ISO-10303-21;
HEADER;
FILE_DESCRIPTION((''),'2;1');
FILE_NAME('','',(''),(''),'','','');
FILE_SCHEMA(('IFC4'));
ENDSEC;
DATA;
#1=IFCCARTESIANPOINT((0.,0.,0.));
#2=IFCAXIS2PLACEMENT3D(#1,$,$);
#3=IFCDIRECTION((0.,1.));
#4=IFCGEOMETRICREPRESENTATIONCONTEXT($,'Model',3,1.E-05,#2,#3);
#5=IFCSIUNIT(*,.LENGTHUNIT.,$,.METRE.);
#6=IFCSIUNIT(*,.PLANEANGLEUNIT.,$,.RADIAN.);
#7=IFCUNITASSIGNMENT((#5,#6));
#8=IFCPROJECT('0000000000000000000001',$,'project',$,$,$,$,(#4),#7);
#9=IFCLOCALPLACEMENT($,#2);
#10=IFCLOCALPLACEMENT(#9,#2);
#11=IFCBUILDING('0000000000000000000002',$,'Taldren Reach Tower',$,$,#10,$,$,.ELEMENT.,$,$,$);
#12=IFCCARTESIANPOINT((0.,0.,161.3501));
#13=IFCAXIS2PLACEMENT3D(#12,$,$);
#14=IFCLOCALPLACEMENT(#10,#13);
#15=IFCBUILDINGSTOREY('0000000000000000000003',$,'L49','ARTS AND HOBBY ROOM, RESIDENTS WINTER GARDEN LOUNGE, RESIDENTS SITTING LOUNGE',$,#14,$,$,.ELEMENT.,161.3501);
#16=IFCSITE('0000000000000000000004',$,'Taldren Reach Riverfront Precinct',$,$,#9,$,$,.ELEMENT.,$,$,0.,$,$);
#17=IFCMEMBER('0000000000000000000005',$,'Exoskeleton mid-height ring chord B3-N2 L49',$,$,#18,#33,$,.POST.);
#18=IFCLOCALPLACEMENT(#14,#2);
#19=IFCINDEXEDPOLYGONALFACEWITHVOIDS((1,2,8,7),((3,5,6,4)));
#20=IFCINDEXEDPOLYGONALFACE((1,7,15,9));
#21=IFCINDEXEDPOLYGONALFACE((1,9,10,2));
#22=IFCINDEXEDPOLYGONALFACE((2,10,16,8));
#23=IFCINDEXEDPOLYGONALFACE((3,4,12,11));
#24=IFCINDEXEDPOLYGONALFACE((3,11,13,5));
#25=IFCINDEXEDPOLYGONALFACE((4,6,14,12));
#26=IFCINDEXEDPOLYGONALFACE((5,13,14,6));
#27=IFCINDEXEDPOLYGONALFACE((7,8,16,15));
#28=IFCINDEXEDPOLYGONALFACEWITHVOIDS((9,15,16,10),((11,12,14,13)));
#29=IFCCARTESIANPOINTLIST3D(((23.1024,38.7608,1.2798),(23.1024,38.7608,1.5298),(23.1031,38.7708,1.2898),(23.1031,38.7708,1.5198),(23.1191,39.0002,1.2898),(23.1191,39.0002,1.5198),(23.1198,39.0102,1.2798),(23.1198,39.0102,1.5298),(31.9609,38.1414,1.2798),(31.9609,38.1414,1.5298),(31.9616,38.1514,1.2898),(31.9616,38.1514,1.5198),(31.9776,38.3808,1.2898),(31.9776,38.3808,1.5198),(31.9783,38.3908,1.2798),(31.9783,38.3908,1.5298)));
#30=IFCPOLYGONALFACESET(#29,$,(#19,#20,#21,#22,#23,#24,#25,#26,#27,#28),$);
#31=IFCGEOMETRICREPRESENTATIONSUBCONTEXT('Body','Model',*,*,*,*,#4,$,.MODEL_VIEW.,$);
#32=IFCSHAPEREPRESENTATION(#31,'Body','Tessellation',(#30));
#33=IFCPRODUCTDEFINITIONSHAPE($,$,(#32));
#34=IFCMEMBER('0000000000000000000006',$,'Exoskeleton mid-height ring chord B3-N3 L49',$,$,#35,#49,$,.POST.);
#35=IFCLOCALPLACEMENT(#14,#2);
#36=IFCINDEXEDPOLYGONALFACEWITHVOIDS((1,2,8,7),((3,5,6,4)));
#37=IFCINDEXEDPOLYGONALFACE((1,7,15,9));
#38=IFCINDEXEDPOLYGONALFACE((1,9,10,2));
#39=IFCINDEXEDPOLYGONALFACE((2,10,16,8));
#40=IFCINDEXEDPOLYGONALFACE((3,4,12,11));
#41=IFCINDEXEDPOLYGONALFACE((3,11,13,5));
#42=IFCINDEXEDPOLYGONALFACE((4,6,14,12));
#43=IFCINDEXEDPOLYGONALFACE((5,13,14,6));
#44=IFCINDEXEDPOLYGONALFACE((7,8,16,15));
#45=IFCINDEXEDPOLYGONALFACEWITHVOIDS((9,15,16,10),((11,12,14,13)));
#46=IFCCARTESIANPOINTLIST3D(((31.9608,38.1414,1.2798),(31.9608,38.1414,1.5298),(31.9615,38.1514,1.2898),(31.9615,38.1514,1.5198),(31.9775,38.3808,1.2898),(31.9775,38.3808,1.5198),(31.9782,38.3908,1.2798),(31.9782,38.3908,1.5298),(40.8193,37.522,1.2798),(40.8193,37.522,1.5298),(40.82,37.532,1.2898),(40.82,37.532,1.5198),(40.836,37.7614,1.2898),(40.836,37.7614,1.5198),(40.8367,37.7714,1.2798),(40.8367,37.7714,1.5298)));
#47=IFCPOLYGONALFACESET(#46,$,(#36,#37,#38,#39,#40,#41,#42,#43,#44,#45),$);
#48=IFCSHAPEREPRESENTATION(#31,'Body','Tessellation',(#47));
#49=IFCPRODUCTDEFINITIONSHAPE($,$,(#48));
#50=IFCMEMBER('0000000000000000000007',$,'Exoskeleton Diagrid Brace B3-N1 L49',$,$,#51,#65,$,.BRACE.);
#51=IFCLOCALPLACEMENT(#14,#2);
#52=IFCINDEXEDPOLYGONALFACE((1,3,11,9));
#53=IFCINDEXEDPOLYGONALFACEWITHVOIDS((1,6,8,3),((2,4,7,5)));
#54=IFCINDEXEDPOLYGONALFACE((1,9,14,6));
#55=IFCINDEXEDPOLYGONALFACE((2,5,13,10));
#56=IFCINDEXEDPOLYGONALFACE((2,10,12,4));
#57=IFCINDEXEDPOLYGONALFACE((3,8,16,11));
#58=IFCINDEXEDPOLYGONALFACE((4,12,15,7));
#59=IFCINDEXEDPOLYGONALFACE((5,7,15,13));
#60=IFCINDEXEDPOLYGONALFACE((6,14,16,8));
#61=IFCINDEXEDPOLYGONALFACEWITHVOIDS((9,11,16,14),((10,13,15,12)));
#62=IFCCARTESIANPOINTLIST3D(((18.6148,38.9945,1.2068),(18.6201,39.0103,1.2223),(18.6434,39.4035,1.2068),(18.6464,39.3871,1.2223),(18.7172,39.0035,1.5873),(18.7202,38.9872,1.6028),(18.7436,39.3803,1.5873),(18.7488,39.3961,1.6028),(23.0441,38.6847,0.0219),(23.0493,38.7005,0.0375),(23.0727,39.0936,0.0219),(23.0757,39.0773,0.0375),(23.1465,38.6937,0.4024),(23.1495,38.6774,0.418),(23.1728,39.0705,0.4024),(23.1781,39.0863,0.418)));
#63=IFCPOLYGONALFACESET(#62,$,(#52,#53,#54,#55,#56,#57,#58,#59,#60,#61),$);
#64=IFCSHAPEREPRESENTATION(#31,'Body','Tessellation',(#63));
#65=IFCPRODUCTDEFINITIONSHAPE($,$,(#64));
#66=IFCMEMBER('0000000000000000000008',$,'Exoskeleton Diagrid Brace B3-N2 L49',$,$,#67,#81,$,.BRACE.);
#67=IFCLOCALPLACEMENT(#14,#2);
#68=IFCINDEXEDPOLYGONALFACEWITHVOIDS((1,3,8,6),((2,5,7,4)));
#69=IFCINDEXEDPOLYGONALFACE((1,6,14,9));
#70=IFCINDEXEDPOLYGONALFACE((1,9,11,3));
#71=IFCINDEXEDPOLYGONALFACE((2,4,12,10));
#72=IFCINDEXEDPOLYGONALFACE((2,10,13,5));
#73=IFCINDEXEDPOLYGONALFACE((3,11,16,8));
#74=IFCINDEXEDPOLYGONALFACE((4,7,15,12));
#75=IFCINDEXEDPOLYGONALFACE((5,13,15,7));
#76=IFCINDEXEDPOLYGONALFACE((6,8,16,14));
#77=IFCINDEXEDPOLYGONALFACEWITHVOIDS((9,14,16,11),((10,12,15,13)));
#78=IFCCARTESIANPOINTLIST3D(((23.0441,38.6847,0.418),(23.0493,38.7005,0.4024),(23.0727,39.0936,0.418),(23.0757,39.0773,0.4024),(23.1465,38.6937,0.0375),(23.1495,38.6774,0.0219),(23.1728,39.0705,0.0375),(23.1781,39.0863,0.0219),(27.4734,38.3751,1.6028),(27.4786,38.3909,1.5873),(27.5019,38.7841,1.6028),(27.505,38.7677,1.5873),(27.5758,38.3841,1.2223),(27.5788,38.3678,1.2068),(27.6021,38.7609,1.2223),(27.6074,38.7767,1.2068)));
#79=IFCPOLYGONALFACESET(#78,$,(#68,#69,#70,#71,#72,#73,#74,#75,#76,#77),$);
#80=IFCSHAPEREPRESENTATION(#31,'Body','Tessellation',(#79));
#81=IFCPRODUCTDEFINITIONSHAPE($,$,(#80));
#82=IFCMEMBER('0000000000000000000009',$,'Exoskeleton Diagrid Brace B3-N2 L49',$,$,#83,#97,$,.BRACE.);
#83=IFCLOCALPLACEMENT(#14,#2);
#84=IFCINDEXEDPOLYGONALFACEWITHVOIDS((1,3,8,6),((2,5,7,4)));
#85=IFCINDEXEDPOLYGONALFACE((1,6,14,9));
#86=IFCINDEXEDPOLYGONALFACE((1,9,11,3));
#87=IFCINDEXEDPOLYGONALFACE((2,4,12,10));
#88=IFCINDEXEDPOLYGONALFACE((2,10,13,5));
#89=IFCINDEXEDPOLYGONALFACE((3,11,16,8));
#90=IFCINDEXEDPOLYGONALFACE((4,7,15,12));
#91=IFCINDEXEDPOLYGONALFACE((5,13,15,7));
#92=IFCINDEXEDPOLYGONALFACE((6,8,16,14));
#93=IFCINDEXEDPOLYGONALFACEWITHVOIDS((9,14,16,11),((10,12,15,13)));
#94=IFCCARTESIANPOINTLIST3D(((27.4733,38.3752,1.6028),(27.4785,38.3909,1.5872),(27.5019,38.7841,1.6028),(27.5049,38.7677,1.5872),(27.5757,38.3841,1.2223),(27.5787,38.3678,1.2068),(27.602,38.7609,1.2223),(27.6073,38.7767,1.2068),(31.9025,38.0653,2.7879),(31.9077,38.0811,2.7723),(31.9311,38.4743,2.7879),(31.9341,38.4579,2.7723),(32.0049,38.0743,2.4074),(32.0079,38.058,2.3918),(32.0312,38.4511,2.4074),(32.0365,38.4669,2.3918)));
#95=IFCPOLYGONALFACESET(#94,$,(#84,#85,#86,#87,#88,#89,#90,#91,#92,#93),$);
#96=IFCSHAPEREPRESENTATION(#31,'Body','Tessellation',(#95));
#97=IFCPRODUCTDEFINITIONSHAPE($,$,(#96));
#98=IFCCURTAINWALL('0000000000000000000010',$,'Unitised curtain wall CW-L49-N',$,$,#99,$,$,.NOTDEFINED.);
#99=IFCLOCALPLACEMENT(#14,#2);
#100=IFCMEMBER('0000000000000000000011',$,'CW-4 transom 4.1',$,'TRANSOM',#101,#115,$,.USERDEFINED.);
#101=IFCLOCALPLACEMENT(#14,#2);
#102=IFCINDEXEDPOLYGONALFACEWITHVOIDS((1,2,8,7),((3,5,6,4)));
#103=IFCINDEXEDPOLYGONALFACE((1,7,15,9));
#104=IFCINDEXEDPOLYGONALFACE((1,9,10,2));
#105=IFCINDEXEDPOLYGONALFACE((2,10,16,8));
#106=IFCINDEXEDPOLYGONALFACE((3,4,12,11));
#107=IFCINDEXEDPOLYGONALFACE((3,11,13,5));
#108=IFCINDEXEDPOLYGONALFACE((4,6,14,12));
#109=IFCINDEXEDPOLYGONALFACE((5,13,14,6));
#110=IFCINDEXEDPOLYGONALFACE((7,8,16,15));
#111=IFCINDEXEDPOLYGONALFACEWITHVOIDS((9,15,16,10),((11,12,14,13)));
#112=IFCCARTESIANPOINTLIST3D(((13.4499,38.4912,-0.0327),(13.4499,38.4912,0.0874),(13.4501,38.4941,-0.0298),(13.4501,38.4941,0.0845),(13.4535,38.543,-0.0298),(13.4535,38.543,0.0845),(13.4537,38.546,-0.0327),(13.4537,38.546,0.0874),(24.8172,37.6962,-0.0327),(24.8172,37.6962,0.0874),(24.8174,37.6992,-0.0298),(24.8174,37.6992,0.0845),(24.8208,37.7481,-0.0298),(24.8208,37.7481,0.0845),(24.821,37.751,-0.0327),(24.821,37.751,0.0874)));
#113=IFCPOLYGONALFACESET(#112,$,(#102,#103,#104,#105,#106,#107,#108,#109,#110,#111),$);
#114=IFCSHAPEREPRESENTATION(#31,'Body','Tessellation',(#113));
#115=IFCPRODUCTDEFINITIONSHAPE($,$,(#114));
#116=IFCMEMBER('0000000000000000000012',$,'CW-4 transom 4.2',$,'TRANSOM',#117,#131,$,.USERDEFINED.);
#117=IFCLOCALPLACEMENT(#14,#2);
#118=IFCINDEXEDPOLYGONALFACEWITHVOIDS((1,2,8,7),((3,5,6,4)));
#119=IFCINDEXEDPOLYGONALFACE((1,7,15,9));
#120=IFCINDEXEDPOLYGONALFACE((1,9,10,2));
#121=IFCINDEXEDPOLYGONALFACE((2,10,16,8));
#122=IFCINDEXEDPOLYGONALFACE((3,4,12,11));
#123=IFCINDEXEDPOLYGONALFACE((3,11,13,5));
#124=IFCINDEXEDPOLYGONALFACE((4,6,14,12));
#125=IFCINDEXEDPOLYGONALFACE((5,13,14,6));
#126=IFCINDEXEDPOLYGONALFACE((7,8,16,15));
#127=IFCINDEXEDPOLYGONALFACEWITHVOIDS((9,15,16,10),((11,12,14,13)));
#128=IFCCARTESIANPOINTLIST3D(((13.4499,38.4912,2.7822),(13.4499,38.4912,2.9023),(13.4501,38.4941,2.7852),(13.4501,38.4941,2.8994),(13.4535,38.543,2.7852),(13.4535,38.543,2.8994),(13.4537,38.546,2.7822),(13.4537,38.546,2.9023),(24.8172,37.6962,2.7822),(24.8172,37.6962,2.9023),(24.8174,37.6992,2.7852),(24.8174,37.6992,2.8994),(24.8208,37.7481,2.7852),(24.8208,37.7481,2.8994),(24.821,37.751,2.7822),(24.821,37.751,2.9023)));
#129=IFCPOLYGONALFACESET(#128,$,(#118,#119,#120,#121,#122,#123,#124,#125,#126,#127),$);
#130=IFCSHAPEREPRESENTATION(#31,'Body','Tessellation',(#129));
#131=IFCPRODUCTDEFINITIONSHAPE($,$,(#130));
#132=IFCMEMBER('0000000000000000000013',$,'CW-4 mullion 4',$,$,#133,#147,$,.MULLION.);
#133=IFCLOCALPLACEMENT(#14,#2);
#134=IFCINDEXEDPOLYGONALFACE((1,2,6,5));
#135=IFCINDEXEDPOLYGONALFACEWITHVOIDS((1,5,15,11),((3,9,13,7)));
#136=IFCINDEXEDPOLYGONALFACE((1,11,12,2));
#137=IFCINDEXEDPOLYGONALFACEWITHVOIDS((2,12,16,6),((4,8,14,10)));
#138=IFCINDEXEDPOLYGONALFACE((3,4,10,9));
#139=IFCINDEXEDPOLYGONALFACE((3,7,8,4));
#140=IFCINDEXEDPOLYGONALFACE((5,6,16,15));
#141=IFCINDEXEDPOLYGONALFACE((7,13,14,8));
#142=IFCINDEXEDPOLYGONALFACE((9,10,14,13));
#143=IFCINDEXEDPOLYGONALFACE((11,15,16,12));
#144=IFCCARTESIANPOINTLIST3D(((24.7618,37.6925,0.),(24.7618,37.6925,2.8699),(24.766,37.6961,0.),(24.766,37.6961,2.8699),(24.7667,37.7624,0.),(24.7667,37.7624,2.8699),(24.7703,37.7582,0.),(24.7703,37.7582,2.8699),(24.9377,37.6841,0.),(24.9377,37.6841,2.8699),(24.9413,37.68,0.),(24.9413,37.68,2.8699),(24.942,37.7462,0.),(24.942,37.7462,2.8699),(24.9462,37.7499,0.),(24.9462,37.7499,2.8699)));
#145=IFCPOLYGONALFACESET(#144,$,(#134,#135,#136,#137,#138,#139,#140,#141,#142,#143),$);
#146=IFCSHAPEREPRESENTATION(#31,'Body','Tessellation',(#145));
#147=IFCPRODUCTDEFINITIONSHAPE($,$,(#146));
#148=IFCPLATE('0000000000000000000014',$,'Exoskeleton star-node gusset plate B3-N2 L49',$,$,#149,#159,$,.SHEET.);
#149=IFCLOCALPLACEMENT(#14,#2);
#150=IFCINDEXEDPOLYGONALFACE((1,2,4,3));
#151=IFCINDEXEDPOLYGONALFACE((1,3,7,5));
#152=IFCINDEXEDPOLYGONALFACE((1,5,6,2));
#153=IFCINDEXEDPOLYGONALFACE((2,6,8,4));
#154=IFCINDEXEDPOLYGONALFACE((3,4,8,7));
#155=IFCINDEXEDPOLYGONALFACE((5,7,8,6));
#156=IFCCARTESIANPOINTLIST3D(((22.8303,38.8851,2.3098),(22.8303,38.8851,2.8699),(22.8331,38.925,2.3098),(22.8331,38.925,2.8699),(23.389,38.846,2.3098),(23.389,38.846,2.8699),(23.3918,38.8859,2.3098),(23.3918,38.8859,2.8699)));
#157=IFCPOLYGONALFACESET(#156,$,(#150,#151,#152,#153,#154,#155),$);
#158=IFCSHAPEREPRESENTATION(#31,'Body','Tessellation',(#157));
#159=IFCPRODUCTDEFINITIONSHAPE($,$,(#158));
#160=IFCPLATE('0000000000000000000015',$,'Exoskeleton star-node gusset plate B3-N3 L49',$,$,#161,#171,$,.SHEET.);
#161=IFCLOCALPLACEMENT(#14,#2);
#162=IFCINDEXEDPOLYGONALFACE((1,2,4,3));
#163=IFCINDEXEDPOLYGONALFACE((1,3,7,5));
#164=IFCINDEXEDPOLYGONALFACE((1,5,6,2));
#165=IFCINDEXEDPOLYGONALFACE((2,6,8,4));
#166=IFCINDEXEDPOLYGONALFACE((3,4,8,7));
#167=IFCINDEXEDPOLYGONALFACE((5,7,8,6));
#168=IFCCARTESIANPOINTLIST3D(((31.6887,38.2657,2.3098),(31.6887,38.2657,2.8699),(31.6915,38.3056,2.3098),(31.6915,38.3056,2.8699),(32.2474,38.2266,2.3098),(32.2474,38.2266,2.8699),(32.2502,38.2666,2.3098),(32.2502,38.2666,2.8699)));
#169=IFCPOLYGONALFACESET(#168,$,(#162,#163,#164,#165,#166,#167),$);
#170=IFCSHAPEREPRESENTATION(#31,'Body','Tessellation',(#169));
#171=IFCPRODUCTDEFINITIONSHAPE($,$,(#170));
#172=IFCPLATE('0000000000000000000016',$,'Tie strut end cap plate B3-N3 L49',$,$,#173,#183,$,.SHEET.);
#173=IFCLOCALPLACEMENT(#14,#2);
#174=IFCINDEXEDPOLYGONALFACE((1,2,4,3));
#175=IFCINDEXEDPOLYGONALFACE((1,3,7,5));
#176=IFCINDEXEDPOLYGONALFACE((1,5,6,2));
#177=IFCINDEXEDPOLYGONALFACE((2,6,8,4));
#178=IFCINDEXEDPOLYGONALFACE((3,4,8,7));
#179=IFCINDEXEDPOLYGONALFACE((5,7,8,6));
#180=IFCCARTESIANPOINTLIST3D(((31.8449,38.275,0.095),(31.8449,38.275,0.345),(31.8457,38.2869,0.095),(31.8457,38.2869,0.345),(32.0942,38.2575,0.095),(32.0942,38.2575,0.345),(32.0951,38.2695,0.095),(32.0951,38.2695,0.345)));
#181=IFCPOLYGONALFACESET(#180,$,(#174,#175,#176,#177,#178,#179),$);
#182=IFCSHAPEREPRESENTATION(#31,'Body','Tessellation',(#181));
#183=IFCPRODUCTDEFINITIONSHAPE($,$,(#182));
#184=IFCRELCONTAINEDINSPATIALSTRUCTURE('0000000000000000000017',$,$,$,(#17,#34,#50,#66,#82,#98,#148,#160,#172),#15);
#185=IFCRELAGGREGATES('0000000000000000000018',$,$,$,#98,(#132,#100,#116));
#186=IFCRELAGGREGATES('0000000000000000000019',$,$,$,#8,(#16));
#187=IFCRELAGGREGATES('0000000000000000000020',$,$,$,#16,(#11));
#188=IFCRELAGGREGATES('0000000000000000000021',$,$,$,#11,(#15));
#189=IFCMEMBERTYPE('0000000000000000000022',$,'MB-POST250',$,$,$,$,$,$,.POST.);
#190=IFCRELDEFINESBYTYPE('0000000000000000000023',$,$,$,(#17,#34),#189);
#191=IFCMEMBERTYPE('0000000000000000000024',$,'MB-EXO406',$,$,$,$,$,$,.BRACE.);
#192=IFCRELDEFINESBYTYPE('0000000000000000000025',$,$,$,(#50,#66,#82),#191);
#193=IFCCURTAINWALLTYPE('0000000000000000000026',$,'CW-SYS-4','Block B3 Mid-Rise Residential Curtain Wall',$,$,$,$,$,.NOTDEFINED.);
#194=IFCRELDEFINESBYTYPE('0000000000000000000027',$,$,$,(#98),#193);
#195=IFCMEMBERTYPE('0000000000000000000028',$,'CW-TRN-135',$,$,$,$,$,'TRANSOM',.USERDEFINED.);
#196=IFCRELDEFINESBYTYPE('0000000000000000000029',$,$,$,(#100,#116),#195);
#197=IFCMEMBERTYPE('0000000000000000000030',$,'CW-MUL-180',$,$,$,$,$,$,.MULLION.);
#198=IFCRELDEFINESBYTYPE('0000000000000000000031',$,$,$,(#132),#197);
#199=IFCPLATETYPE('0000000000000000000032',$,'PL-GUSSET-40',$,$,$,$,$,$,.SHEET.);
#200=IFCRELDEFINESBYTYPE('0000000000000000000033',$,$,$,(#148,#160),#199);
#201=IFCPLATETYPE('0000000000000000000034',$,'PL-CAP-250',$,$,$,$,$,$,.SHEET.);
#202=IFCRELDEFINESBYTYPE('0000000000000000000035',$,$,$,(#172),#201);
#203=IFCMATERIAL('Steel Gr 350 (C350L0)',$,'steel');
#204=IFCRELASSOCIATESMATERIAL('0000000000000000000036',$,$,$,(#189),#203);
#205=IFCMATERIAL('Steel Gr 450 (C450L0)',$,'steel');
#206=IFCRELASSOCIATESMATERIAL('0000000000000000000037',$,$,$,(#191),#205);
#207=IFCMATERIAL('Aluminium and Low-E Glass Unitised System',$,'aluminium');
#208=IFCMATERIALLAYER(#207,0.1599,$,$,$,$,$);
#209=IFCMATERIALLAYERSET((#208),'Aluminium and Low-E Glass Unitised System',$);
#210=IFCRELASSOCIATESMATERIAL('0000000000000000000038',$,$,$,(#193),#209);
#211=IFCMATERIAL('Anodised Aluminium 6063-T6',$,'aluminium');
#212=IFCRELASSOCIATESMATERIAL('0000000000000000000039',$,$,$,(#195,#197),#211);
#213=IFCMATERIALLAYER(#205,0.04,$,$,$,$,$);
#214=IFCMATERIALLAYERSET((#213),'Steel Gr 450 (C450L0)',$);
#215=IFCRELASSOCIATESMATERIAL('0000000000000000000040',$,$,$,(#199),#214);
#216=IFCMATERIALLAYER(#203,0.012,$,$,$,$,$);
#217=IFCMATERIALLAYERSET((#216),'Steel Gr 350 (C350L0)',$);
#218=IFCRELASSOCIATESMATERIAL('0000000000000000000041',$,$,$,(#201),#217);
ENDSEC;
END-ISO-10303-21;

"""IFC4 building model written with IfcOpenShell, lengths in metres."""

from ifc_helpers import new_model, si_unit, direction, frame, origin, origin_2d, place, context, subcontext, project, spatial, rectangle, hollow_rectangle, extrude, source, transform, mapped, material, layer, layer_set, material_profile, profile_set, type_object, element, aggregate, save


model = new_model("IFC4")

# Units and contexts
model_context = context("Model", 3, precision=1e-05, world=origin(), true_north=direction((0.0, 1.0)))
body_context = subcontext(model_context, "Body", "Model", "MODEL_VIEW")
ifc_project = project(units=[si_unit("LENGTHUNIT", "METRE"), si_unit("PLANEANGLEUNIT", "RADIAN")], contexts=[model_context])

# Site, building, storey
site_placement = place(None, origin())
site = spatial("IfcSite", under=ifc_project, at=site_placement, Name="Taldren Reach Riverfront Precinct", CompositionType="ELEMENT", RefElevation=0.0)
building_placement = place(site_placement, origin())
building = spatial("IfcBuilding", under=site, at=building_placement, Name="Taldren Reach Tower", CompositionType="ELEMENT")
storey_placement = place(building_placement, frame((0.0, 0.0, 161.3501)))
storey = spatial("IfcBuildingStorey", under=building, at=storey_placement, Name="L49", Description="ARTS AND HOBBY ROOM, RESIDENTS WINTER GARDEN LOUNGE, RESIDENTS SITTING LOUNGE", CompositionType="ELEMENT", Elevation=161.3501)

# Shared definitions
ifc_material_1 = material(Name="Steel Gr 450 (C450L0)", Category="steel")
ifc_material_2 = material(Name="Steel Gr 350 (C350L0)", Category="steel")
ifc_material_profile_1 = material_profile(ifc_material_2, hollow_rectangle(XDim=0.25, YDim=0.25, WallThickness=0.01, at=origin_2d()), Name="250x250x10.0SHS")
ifc_profile_set_1 = profile_set([ifc_material_profile_1], Name="Steel Gr 350 (C350L0)")
member_type_1 = type_object("IfcMemberType", Name="MB-POST250", PredefinedType="POST", material=ifc_profile_set_1)

# Members
shared_shape_1 = source(origin(), body_context, "Body", "SweptSolid", [
    extrude(hollow_rectangle(XDim=0.25, YDim=0.25, WallThickness=0.01, at=origin_2d()), origin(), (0.0, 0.0, 1.0), 8.8801),
])
for number, where, z_axis, x_axis, name in (
    (1, (23.1111, 38.8855, 1.4048), (0.997564, -0.06975, 0.0), (0.06975, 0.997564, 0.0), "Exoskeleton mid-height ring chord B3-N2 L49"),
    (2, (31.9695, 38.2661, 1.4048), (0.997564, -0.06975, 0.0), (0.06975, 0.997564, 0.0), "Exoskeleton mid-height ring chord B3-N3 L49"),
):
    element("IfcMember", number, at=place(storey_placement, frame(where, z_axis=z_axis, x_axis=x_axis)), inside=storey, type_object=member_type_1, Name=name, PredefinedType="POST", context=body_context, shape_type="MappedRepresentation", body=[
        mapped(shared_shape_1, transform((0.0, 0.0, 0.0), scale=1.0)),
    ])
ifc_material_profile_2 = material_profile(ifc_material_1, hollow_rectangle(XDim=0.4099, YDim=0.4099, WallThickness=0.0161, at=origin_2d()), Name="410x410x16.0SHS")
ifc_profile_set_2 = profile_set([ifc_material_profile_2], Name="Steel Gr 450 (C450L0)")
member_type_2 = type_object("IfcMemberType", Name="MB-EXO406", PredefinedType="BRACE", material=ifc_profile_set_2)
shared_shape_2 = source(origin(), body_context, "Body", "SweptSolid", [
    extrude(hollow_rectangle(XDim=0.4099, YDim=0.4099, WallThickness=0.0161, at=origin_2d()), origin(), (0.0, 0.0, 1.0), 4.5955),
])
for number, where, z_axis, x_axis, name in (
    (3, (23.1111, 38.8855, 0.22), (-0.963836, 0.067419, 0.257827), (-0.069778, -0.997563, 0.0), "Exoskeleton Diagrid Brace B3-N1 L49"),
    (4, (23.1111, 38.8855, 0.22), (0.96384, -0.067366, 0.257828), (0.069723, 0.997566, 0.0), "Exoskeleton Diagrid Brace B3-N2 L49"),
    (5, (27.5403, 38.5759, 1.4048), (0.963823, -0.067418, 0.257877), (0.069778, 0.997563, 0.0), "Exoskeleton Diagrid Brace B3-N2 L49"),
):
    element("IfcMember", number, at=place(storey_placement, frame(where, z_axis=z_axis, x_axis=x_axis)), inside=storey, type_object=member_type_2, Name=name, PredefinedType="BRACE", context=body_context, shape_type="MappedRepresentation", body=[
        mapped(shared_shape_2, transform((0.0, 0.0, 0.0), scale=1.0)),
    ])

# Curtain wall, members
ifc_material_3 = material(Name="Aluminium and Low-E Glass Unitised System", Category="aluminium")
ifc_layer_1 = layer(ifc_material_3, 0.1599)
ifc_layer_set_1 = layer_set([ifc_layer_1], Name="Aluminium and Low-E Glass Unitised System")
curtain_wall_type = type_object("IfcCurtainWallType", Name="CW-SYS-4", Description="Block B3 Mid-Rise Residential Curtain Wall", PredefinedType="NOTDEFINED", material=ifc_layer_set_1)
curtain_wall_placement = place(storey_placement, origin())
curtain_wall = element("IfcCurtainWall", 6, at=curtain_wall_placement, inside=storey, type_object=curtain_wall_type, Name="Unitised curtain wall CW-L49-N", PredefinedType="NOTDEFINED")
ifc_material_4 = material(Name="Anodised Aluminium 6063-T6", Category="aluminium")
ifc_material_profile_3 = material_profile(ifc_material_4, hollow_rectangle(XDim=0.0549, YDim=0.1201, WallThickness=0.0029, at=origin_2d()), Name="ALU-120x55x3RHS")
ifc_profile_set_3 = profile_set([ifc_material_profile_3], Name="Anodised Aluminium 6063-T6")
member_type_3 = type_object("IfcMemberType", Name="CW-TRN-135", ElementType="TRANSOM", PredefinedType="USERDEFINED", material=ifc_profile_set_3)
shared_shape_3 = source(origin(), body_context, "Body", "SweptSolid", [
    extrude(hollow_rectangle(XDim=0.0549, YDim=0.1201, WallThickness=0.0029, at=origin_2d()), origin(), (0.0, 0.0, 1.0), 11.395),
])
member_1_placement = place(storey_placement, frame((24.8191, 37.7236, 0.0273), z_axis=(-0.997564, 0.069761, 0.0), x_axis=(-0.069761, -0.997564, 0.0)))
member_1 = element("IfcMember", 7, at=member_1_placement, type_object=member_type_3, Name="CW-4 transom 4.1", ObjectType="TRANSOM", PredefinedType="USERDEFINED", context=body_context, shape_type="MappedRepresentation", body=[
    mapped(shared_shape_3, transform((0.0, 0.0, 0.0), scale=1.0)),
])
member_2_placement = place(storey_placement, frame((24.8191, 37.7236, 2.8423), z_axis=(-0.997564, 0.069761, 0.0), x_axis=(-0.069761, -0.997564, 0.0)))
member_2 = element("IfcMember", 8, at=member_2_placement, type_object=member_type_3, Name="CW-4 transom 4.2", ObjectType="TRANSOM", PredefinedType="USERDEFINED", context=body_context, shape_type="MappedRepresentation", body=[
    mapped(shared_shape_3, transform((0.0, 0.0, 0.0), scale=1.0)),
])
ifc_material_profile_4 = material_profile(ifc_material_4, hollow_rectangle(XDim=0.0701, YDim=0.1799, WallThickness=0.0039, at=origin_2d()), Name="ALU-180x70x4RHS")
ifc_profile_set_4 = profile_set([ifc_material_profile_4], Name="Anodised Aluminium 6063-T6")
member_type_4 = type_object("IfcMemberType", Name="CW-MUL-180", PredefinedType="MULLION", material=ifc_profile_set_4)
shared_shape_4 = source(origin(), body_context, "Body", "SweptSolid", [
    extrude(hollow_rectangle(XDim=0.0701, YDim=0.1799, WallThickness=0.0039, at=origin_2d()), origin(), (0.0, 0.0, 1.0), 2.8699),
])
member_3_placement = place(storey_placement, frame((24.854, 37.7212, 0.0), z_axis=(0.0, 0.0, 1.0), x_axis=(-0.069757, -0.997564, 0.0)))
member_3 = element("IfcMember", 9, at=member_3_placement, type_object=member_type_4, Name="CW-4 mullion 4", PredefinedType="MULLION", context=body_context, shape_type="MappedRepresentation", body=[
    mapped(shared_shape_4, transform((0.0, 0.0, 0.0), scale=1.0)),
])

# Plates
ifc_layer_2 = layer(ifc_material_1, 0.04)
ifc_layer_set_2 = layer_set([ifc_layer_2], Name="Steel Gr 450 (C450L0)")
plate_type_1 = type_object("IfcPlateType", Name="PL-GUSSET-40", PredefinedType="SHEET", material=ifc_layer_set_2)
shared_shape_5 = source(origin(), body_context, "Body", "SweptSolid", [
    extrude(rectangle(XDim=0.5601, YDim=0.04, at=origin_2d()), origin(), (0.0, 0.0, 1.0), 0.5601),
])
for number, where, z_axis, x_axis, name in (
    (10, (23.1111, 38.8855, 2.3098), (0.0, 0.0, 1.0), (0.997564, -0.069756, 0.0), "Exoskeleton star-node gusset plate B3-N2 L49"),
    (11, (31.9695, 38.2661, 2.3098), (0.0, 0.0, 1.0), (0.997564, -0.069756, 0.0), "Exoskeleton star-node gusset plate B3-N3 L49"),
):
    element("IfcPlate", number, at=place(storey_placement, frame(where, z_axis=z_axis, x_axis=x_axis)), inside=storey, type_object=plate_type_1, Name=name, PredefinedType="SHEET", context=body_context, shape_type="MappedRepresentation", body=[
        mapped(shared_shape_5, transform((0.0, 0.0, 0.0), scale=1.0)),
    ])
ifc_layer_3 = layer(ifc_material_2, 0.012)
ifc_layer_set_3 = layer_set([ifc_layer_3], Name="Steel Gr 350 (C350L0)")
plate_type_2 = type_object("IfcPlateType", Name="PL-CAP-250", PredefinedType="SHEET", material=ifc_layer_set_3)
shared_shape_6 = source(origin(), body_context, "Body", "SweptSolid", [
    extrude(rectangle(XDim=0.25, YDim=0.012, at=origin_2d()), origin(), (0.0, 0.0, 1.0), 0.25),
])
plate_1_placement = place(storey_placement, frame((31.97, 38.2722, 0.095), z_axis=(0.0, 0.0, 1.0), x_axis=(0.997564, -0.069756, 0.0)))
element("IfcPlate", 12, at=plate_1_placement, inside=storey, type_object=plate_type_2, Name="Tie strut end cap plate B3-N3 L49", PredefinedType="SHEET", context=body_context, shape_type="MappedRepresentation", body=[
    mapped(shared_shape_6, transform((0.0, 0.0, 0.0), scale=1.0)),
])

aggregate(curtain_wall, [member_3, member_1, member_2])

save(model, "model.ifc")
